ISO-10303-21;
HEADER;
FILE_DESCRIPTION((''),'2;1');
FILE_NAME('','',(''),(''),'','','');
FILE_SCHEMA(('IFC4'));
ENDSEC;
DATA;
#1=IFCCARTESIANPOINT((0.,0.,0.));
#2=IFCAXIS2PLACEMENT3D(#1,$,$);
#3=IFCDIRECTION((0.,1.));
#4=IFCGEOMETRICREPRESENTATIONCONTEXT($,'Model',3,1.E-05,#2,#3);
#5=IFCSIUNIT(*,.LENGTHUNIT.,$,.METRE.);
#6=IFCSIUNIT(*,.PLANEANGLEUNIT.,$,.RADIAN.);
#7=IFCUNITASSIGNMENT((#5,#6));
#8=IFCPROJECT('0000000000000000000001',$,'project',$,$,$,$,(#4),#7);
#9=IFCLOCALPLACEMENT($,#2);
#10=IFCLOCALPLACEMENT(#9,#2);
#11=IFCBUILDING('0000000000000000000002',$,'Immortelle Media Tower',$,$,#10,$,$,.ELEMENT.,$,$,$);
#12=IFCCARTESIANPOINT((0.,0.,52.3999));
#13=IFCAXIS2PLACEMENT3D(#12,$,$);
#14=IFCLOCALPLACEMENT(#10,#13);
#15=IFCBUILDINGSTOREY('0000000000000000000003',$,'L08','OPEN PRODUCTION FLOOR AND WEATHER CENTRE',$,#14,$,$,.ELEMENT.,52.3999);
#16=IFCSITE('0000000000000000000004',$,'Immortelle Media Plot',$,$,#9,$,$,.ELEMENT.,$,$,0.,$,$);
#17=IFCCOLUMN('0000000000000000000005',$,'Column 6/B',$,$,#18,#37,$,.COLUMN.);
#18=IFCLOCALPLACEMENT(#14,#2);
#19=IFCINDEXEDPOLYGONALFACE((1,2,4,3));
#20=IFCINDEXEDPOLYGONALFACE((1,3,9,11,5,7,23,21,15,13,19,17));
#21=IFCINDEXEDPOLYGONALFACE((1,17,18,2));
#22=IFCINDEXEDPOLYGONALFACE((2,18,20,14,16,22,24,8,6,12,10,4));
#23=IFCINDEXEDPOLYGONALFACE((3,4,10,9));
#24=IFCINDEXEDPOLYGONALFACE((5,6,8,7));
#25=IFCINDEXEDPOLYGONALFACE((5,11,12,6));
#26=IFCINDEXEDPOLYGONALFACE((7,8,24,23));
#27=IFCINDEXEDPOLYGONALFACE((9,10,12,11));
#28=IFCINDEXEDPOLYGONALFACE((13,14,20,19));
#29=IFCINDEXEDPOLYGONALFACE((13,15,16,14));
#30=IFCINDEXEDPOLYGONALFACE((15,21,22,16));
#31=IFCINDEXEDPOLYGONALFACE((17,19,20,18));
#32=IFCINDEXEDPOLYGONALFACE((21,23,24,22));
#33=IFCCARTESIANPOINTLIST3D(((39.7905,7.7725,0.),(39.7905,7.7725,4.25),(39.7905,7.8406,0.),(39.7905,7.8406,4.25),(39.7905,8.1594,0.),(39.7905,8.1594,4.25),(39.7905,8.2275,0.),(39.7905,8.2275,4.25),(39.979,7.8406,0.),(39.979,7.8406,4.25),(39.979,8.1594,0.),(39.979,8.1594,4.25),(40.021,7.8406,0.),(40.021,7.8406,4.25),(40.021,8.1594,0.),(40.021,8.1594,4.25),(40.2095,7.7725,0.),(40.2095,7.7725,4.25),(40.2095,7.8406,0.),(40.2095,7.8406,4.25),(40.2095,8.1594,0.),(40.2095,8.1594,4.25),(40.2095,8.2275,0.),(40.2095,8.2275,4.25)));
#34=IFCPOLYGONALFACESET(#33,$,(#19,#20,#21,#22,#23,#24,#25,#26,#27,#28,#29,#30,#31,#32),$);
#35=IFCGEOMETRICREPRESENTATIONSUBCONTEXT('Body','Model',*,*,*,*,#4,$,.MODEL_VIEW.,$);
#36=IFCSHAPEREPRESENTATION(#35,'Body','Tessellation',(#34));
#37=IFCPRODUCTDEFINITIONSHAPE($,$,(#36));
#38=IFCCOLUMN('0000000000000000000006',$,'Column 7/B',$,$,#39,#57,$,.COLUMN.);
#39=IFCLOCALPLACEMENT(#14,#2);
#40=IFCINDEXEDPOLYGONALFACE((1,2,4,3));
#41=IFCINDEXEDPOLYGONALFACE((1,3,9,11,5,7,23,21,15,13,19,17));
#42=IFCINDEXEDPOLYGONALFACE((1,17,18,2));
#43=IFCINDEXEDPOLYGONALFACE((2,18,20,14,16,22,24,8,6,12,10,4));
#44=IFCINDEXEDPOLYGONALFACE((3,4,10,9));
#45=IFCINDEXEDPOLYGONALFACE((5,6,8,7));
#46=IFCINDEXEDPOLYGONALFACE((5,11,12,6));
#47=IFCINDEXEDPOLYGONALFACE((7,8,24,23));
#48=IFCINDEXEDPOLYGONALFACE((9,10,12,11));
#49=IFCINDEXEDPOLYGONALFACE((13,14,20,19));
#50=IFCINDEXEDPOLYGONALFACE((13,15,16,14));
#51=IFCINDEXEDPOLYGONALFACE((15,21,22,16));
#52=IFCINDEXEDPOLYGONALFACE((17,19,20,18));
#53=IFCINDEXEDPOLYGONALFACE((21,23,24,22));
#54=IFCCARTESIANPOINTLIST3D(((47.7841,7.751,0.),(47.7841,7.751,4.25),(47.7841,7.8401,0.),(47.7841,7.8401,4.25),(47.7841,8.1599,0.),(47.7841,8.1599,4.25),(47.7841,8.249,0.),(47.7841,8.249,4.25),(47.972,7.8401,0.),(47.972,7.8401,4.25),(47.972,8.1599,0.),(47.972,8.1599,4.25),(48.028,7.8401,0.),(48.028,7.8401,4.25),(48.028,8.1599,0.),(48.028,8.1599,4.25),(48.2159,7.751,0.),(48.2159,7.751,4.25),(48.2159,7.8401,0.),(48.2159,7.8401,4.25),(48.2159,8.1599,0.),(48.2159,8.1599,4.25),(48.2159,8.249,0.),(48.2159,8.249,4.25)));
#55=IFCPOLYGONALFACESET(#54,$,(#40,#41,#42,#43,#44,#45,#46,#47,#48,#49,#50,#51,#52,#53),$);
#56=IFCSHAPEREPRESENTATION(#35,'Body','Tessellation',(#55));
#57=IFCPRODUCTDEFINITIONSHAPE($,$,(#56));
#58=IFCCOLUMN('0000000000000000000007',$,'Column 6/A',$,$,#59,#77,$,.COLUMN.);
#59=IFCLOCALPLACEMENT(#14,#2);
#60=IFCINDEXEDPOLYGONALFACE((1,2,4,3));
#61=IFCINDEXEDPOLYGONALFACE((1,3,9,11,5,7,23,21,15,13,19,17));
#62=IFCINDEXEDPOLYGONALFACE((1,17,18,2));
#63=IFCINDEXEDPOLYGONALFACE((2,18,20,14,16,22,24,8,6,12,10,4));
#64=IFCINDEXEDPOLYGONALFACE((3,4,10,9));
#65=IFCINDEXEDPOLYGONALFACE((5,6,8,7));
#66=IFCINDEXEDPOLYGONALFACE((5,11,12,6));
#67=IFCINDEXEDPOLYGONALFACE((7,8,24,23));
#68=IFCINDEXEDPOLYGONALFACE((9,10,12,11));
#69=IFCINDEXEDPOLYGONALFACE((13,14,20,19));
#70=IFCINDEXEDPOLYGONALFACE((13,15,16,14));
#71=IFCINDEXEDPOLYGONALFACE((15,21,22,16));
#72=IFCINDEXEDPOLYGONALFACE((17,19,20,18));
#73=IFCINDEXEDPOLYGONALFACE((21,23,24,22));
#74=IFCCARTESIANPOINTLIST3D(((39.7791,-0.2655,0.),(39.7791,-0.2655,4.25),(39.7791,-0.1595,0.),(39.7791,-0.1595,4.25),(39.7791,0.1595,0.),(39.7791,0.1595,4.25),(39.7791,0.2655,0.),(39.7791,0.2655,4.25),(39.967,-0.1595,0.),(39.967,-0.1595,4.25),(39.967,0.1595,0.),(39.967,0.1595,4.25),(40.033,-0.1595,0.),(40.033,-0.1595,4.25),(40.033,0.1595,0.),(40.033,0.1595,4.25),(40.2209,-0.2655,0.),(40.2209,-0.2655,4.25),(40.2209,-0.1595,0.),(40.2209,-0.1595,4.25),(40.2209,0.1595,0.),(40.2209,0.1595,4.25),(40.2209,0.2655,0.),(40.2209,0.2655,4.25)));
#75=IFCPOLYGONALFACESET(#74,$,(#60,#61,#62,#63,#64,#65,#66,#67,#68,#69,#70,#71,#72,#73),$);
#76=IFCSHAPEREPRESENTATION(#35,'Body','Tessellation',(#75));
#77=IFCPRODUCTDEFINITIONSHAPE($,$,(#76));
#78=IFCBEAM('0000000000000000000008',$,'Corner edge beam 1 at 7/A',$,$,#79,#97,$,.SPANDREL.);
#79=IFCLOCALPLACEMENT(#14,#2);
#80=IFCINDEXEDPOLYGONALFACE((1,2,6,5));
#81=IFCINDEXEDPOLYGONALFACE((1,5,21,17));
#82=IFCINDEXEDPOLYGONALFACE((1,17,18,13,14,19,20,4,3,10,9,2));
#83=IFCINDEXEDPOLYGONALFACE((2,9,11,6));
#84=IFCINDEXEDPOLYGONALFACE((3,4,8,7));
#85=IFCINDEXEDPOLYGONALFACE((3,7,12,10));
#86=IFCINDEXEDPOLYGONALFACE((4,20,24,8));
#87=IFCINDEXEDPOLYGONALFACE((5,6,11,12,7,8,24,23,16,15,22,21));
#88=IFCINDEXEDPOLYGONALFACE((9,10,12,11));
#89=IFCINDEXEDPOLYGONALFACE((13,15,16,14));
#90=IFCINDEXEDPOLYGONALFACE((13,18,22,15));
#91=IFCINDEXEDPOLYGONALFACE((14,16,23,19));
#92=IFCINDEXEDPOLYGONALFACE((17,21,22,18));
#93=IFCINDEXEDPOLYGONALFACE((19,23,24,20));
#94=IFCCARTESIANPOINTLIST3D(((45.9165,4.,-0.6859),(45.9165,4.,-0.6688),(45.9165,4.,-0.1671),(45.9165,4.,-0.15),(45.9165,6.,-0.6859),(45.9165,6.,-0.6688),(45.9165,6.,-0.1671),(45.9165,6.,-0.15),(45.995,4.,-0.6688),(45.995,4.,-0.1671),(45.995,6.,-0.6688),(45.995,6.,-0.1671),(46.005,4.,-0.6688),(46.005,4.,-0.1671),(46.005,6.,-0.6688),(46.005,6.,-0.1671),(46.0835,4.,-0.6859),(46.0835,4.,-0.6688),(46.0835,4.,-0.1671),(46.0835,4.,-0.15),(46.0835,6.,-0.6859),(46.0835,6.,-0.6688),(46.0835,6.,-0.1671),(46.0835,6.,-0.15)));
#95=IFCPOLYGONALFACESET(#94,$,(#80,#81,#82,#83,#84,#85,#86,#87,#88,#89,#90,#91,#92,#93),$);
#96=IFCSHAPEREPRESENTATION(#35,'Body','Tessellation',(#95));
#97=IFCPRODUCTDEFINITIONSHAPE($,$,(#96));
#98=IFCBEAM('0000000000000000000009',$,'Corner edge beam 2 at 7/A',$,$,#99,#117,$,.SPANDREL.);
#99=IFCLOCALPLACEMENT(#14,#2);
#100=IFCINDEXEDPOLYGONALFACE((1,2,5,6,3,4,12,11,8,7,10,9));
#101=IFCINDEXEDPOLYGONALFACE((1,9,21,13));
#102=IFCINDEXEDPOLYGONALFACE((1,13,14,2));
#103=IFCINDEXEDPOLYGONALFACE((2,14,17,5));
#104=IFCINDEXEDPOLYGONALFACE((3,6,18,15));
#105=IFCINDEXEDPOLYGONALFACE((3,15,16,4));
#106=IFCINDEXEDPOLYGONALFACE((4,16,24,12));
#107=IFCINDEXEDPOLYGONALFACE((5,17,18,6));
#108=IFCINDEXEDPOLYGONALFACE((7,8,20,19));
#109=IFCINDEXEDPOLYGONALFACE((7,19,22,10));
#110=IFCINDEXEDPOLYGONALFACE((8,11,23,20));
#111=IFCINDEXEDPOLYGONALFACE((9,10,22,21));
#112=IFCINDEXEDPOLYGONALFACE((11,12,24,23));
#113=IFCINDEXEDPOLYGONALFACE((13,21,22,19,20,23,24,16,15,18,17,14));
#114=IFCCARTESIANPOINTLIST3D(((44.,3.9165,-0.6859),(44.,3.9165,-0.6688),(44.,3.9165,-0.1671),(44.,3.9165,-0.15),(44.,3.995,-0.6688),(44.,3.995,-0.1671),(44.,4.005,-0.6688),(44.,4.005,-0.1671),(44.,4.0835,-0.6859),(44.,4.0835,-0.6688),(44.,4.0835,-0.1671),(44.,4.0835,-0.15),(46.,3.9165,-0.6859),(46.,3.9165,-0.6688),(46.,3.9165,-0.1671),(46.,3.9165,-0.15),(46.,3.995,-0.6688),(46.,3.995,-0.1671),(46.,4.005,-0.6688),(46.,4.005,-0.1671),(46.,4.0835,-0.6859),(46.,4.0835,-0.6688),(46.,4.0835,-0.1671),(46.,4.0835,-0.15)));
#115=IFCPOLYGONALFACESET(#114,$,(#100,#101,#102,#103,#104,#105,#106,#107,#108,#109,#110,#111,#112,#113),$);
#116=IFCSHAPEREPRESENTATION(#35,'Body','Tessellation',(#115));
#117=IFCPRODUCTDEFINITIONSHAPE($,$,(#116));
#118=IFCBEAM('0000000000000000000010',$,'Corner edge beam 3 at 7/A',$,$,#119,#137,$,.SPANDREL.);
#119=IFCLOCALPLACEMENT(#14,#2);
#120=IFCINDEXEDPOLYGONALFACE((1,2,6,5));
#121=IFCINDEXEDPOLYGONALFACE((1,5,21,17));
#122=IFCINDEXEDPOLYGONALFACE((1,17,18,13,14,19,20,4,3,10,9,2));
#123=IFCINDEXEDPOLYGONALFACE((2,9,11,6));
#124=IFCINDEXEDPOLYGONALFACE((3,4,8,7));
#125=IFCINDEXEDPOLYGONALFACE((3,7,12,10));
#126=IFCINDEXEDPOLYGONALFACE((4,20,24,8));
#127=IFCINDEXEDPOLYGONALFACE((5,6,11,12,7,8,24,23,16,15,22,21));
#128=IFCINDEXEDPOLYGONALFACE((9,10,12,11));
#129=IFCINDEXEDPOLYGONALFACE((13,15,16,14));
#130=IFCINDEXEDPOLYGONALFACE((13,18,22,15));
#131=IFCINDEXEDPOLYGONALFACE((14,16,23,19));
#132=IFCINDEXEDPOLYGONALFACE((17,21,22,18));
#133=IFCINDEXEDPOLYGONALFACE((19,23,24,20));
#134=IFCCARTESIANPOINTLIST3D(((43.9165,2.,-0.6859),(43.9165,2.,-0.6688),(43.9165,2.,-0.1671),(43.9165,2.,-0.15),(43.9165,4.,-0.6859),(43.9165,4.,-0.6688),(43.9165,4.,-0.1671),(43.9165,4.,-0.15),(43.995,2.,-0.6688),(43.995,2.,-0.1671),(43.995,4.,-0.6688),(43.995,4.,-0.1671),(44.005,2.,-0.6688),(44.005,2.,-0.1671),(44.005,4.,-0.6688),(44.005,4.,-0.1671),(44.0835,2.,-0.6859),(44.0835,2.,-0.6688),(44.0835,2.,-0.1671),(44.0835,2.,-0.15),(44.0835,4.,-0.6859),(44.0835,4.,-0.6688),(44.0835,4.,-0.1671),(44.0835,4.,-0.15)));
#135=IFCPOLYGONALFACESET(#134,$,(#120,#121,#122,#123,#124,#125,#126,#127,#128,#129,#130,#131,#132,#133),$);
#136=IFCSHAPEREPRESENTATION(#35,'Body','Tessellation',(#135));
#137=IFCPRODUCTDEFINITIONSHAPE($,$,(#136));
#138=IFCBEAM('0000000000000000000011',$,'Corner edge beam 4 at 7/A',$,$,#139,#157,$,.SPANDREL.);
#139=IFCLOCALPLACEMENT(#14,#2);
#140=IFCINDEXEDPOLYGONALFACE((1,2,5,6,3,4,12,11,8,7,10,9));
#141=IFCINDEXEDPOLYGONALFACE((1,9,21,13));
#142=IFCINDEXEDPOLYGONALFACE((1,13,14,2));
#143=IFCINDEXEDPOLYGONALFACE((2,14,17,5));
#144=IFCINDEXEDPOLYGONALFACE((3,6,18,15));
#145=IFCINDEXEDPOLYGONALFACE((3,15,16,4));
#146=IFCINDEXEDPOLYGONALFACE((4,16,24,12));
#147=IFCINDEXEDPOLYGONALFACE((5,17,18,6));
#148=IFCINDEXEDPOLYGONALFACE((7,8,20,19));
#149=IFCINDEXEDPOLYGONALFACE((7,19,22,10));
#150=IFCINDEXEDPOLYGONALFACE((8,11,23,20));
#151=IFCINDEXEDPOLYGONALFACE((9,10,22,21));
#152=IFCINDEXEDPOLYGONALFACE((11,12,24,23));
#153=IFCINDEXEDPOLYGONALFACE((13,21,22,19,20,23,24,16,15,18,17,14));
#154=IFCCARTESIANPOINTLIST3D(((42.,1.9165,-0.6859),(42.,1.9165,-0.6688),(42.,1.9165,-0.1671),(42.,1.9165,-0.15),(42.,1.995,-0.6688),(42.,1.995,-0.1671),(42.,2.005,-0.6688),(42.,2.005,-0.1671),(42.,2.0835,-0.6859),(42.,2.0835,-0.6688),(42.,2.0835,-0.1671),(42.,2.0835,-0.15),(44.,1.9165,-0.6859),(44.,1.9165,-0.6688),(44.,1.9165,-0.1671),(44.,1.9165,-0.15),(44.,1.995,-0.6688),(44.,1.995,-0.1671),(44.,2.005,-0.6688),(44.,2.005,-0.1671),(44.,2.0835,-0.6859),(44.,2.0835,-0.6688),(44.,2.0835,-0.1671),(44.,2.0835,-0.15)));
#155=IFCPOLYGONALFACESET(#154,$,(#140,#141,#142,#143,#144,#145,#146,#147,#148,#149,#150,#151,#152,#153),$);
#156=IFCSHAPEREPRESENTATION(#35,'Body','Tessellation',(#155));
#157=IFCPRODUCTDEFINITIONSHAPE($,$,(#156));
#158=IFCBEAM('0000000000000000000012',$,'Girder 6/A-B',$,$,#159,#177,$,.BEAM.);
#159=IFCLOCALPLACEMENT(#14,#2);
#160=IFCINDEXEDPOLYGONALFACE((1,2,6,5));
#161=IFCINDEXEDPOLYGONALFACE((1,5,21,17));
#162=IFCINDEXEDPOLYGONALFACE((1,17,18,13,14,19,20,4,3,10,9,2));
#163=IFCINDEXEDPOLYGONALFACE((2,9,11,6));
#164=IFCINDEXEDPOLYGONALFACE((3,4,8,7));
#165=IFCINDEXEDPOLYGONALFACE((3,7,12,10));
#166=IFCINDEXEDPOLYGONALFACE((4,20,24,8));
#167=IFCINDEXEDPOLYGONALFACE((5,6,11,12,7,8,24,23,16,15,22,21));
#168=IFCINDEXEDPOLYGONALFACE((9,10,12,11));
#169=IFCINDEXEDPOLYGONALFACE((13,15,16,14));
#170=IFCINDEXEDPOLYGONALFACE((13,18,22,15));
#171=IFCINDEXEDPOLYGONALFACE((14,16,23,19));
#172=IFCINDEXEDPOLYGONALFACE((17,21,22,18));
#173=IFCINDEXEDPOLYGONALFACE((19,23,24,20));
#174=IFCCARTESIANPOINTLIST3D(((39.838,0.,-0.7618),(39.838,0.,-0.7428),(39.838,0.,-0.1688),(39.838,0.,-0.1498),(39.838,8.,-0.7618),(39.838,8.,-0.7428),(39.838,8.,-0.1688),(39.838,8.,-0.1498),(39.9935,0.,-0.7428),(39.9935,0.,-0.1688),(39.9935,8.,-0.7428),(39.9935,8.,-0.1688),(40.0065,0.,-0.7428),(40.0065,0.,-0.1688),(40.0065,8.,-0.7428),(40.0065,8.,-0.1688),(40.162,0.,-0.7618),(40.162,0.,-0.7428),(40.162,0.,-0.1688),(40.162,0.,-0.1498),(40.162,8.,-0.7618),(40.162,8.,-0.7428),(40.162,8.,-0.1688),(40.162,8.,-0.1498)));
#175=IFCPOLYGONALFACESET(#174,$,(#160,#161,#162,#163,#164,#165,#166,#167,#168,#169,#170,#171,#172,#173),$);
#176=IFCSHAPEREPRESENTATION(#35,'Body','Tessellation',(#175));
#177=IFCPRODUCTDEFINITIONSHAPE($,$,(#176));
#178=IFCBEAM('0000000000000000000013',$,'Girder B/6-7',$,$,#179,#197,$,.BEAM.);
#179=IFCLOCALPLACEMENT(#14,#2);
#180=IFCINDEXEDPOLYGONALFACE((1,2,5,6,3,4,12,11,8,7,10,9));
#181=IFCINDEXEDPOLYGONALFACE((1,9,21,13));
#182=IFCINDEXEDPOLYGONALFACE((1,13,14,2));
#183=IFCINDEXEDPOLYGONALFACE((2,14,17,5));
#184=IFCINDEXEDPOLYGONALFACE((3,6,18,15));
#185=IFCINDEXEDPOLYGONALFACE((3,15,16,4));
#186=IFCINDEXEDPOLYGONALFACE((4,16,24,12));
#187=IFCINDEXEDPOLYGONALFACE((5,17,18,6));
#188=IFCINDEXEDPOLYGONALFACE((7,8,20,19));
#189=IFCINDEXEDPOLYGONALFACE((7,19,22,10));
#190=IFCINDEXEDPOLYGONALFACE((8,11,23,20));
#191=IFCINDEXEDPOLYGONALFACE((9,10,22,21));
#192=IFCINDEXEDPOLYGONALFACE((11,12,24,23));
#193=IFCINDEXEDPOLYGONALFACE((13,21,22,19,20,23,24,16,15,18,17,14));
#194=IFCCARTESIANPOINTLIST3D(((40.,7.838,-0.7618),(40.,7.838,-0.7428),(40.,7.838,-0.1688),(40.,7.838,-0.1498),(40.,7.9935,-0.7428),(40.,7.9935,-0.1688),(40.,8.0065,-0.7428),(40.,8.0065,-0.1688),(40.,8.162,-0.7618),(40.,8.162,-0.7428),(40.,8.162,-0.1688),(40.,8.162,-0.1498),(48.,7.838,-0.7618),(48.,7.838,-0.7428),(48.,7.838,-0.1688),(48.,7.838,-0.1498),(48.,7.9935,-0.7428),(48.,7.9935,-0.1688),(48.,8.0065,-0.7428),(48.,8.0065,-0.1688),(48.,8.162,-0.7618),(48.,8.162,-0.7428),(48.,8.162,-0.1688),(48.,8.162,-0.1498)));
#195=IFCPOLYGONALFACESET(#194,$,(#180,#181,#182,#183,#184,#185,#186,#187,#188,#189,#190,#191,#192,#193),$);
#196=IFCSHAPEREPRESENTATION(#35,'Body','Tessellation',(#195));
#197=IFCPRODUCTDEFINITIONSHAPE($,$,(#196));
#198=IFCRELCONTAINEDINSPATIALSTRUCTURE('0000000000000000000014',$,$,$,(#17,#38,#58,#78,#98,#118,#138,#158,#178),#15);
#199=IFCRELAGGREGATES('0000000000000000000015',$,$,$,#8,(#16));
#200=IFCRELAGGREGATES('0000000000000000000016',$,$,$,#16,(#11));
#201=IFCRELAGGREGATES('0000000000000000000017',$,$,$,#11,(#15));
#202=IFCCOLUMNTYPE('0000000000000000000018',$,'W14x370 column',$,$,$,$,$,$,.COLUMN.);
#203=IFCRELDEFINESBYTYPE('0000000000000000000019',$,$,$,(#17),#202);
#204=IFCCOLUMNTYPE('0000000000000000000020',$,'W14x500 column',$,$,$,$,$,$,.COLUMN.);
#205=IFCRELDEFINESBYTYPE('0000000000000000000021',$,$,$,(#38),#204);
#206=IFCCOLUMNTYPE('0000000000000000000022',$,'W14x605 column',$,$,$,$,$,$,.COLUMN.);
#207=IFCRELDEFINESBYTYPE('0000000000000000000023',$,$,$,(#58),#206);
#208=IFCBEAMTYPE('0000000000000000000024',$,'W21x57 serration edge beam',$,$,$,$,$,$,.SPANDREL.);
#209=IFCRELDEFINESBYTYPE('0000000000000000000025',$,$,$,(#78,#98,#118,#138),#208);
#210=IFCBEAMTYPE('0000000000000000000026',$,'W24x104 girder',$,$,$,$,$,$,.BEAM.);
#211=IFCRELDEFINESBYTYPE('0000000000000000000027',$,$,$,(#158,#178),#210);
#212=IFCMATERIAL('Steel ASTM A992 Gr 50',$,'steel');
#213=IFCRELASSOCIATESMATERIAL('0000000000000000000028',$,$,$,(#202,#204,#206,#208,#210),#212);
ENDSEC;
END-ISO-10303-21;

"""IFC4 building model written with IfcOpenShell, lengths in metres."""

from ifc_helpers import new_model, si_unit, direction, frame, origin, origin_2d, place, context, subcontext, project, spatial, i_section, extrude, material, material_profile, profile_set, type_object, element, save


model = new_model("IFC4")

# Units and contexts
model_context = context("Model", 3, precision=1e-05, world=origin(), true_north=direction((0.0, 1.0)))
body_context = subcontext(model_context, "Body", "Model", "MODEL_VIEW")
ifc_project = project(units=[si_unit("LENGTHUNIT", "METRE"), si_unit("PLANEANGLEUNIT", "RADIAN")], contexts=[model_context])

# Site, building, storey
site_placement = place(None, origin())
site = spatial("IfcSite", under=ifc_project, at=site_placement, Name="Immortelle Media Plot", CompositionType="ELEMENT", RefElevation=0.0)
building_placement = place(site_placement, origin())
building = spatial("IfcBuilding", under=site, at=building_placement, Name="Immortelle Media Tower", CompositionType="ELEMENT")
storey_placement = place(building_placement, frame((0.0, 0.0, 52.3999)))
storey = spatial("IfcBuildingStorey", under=building, at=storey_placement, Name="L08", Description="OPEN PRODUCTION FLOOR AND WEATHER CENTRE", CompositionType="ELEMENT", Elevation=52.3999)

# Columns
ifc_material_1 = material(Name="Steel ASTM A992 Gr 50", Category="steel")
ifc_material_profile_1 = material_profile(ifc_material_1, i_section(OverallWidth=0.4189, OverallDepth=0.4551, WebThickness=0.042, FlangeThickness=0.0681, at=origin_2d()), Name="W14x370")
ifc_profile_set_1 = profile_set([ifc_material_profile_1], Name="Steel ASTM A992 Gr 50")
column_type_1 = type_object("IfcColumnType", Name="W14x370 column", PredefinedType="COLUMN", material=ifc_profile_set_1)
column_1_placement = place(storey_placement, frame((40.0, 8.0, 0.0), z_axis=(0.0, 0.0, 1.0), x_axis=(1.0, 0.0, 0.0)))
element("IfcColumn", 1, at=column_1_placement, inside=storey, type_object=column_type_1, Name="Column 6/B", PredefinedType="COLUMN", context=body_context, shape_type="SweptSolid", body=[
    extrude(i_section(OverallWidth=0.4189, OverallDepth=0.4551, WebThickness=0.042, FlangeThickness=0.0681, at=origin_2d()), origin(), (0.0, 0.0, 1.0), 4.25),
])
ifc_material_profile_2 = material_profile(ifc_material_1, i_section(OverallWidth=0.4319, OverallDepth=0.498, WebThickness=0.0559, FlangeThickness=0.0891, at=origin_2d()), Name="W14x500")
ifc_profile_set_2 = profile_set([ifc_material_profile_2], Name="Steel ASTM A992 Gr 50")
column_type_2 = type_object("IfcColumnType", Name="W14x500 column", PredefinedType="COLUMN", material=ifc_profile_set_2)
column_2_placement = place(storey_placement, frame((48.0, 8.0, 0.0), z_axis=(0.0, 0.0, 1.0), x_axis=(1.0, 0.0, 0.0)))
element("IfcColumn", 2, at=column_2_placement, inside=storey, type_object=column_type_2, Name="Column 7/B", PredefinedType="COLUMN", context=body_context, shape_type="SweptSolid", body=[
    extrude(i_section(OverallWidth=0.4319, OverallDepth=0.498, WebThickness=0.0559, FlangeThickness=0.0891, at=origin_2d()), origin(), (0.0, 0.0, 1.0), 4.25),
])
ifc_material_profile_3 = material_profile(ifc_material_1, i_section(OverallWidth=0.4419, OverallDepth=0.531, WebThickness=0.0659, FlangeThickness=0.106, at=origin_2d()), Name="W14x605")
ifc_profile_set_3 = profile_set([ifc_material_profile_3], Name="Steel ASTM A992 Gr 50")
column_type_3 = type_object("IfcColumnType", Name="W14x605 column", PredefinedType="COLUMN", material=ifc_profile_set_3)
column_3_placement = place(storey_placement, frame((40.0, 0.0, 0.0), z_axis=(0.0, 0.0, 1.0), x_axis=(1.0, 0.0, 0.0)))
element("IfcColumn", 3, at=column_3_placement, inside=storey, type_object=column_type_3, Name="Column 6/A", PredefinedType="COLUMN", context=body_context, shape_type="SweptSolid", body=[
    extrude(i_section(OverallWidth=0.4419, OverallDepth=0.531, WebThickness=0.0659, FlangeThickness=0.106, at=origin_2d()), origin(), (0.0, 0.0, 1.0), 4.25),
])

# Beams
ifc_material_profile_4 = material_profile(ifc_material_1, i_section(OverallWidth=0.167, OverallDepth=0.5359, WebThickness=0.01, FlangeThickness=0.0171, at=origin_2d()), Name="W21x57")
ifc_profile_set_4 = profile_set([ifc_material_profile_4], Name="Steel ASTM A992 Gr 50")
beam_type_1 = type_object("IfcBeamType", Name="W21x57 serration edge beam", PredefinedType="SPANDREL", material=ifc_profile_set_4)
for number, where, z_axis, x_axis, name in (
    (4, (46.0, 6.0, -0.418), (0.0, -1.0, 0.0), (1.0, 0.0, 0.0), "Corner edge beam 1 at 7/A"),
    (5, (46.0, 4.0, -0.418), (-1.0, 0.0, 0.0), (0.0, -1.0, 0.0), "Corner edge beam 2 at 7/A"),
    (6, (44.0, 4.0, -0.418), (0.0, -1.0, 0.0), (1.0, 0.0, 0.0), "Corner edge beam 3 at 7/A"),
    (7, (44.0, 2.0, -0.418), (-1.0, 0.0, 0.0), (0.0, -1.0, 0.0), "Corner edge beam 4 at 7/A"),
):
    element("IfcBeam", number, at=place(storey_placement, frame(where, z_axis=z_axis, x_axis=x_axis)), inside=storey, type_object=beam_type_1, Name=name, PredefinedType="SPANDREL", context=body_context, shape_type="SweptSolid", body=[
        extrude(i_section(OverallWidth=0.167, OverallDepth=0.5359, WebThickness=0.01, FlangeThickness=0.0171, at=origin_2d()), origin(), (0.0, 0.0, 1.0), 2.0),
    ])
ifc_material_profile_5 = material_profile(ifc_material_1, i_section(OverallWidth=0.324, OverallDepth=0.6121, WebThickness=0.0129, FlangeThickness=0.019, at=origin_2d()), Name="W24x104")
ifc_profile_set_5 = profile_set([ifc_material_profile_5], Name="Steel ASTM A992 Gr 50")
beam_type_2 = type_object("IfcBeamType", Name="W24x104 girder", PredefinedType="BEAM", material=ifc_profile_set_5)
for number, where, z_axis, x_axis, name in (
    (8, (40.0, 0.0, -0.4558), (0.0, 1.0, 0.0), (-1.0, 0.0, 0.0), "Girder 6/A-B"),
    (9, (40.0, 8.0, -0.4558), (1.0, 0.0, 0.0), (0.0, 1.0, 0.0), "Girder B/6-7"),
):
    element("IfcBeam", number, at=place(storey_placement, frame(where, z_axis=z_axis, x_axis=x_axis)), inside=storey, type_object=beam_type_2, Name=name, PredefinedType="BEAM", context=body_context, shape_type="SweptSolid", body=[
        extrude(i_section(OverallWidth=0.324, OverallDepth=0.6121, WebThickness=0.0129, FlangeThickness=0.019, at=origin_2d()), origin(), (0.0, 0.0, 1.0), 8.0),
    ])

save(model, "model.ifc")
